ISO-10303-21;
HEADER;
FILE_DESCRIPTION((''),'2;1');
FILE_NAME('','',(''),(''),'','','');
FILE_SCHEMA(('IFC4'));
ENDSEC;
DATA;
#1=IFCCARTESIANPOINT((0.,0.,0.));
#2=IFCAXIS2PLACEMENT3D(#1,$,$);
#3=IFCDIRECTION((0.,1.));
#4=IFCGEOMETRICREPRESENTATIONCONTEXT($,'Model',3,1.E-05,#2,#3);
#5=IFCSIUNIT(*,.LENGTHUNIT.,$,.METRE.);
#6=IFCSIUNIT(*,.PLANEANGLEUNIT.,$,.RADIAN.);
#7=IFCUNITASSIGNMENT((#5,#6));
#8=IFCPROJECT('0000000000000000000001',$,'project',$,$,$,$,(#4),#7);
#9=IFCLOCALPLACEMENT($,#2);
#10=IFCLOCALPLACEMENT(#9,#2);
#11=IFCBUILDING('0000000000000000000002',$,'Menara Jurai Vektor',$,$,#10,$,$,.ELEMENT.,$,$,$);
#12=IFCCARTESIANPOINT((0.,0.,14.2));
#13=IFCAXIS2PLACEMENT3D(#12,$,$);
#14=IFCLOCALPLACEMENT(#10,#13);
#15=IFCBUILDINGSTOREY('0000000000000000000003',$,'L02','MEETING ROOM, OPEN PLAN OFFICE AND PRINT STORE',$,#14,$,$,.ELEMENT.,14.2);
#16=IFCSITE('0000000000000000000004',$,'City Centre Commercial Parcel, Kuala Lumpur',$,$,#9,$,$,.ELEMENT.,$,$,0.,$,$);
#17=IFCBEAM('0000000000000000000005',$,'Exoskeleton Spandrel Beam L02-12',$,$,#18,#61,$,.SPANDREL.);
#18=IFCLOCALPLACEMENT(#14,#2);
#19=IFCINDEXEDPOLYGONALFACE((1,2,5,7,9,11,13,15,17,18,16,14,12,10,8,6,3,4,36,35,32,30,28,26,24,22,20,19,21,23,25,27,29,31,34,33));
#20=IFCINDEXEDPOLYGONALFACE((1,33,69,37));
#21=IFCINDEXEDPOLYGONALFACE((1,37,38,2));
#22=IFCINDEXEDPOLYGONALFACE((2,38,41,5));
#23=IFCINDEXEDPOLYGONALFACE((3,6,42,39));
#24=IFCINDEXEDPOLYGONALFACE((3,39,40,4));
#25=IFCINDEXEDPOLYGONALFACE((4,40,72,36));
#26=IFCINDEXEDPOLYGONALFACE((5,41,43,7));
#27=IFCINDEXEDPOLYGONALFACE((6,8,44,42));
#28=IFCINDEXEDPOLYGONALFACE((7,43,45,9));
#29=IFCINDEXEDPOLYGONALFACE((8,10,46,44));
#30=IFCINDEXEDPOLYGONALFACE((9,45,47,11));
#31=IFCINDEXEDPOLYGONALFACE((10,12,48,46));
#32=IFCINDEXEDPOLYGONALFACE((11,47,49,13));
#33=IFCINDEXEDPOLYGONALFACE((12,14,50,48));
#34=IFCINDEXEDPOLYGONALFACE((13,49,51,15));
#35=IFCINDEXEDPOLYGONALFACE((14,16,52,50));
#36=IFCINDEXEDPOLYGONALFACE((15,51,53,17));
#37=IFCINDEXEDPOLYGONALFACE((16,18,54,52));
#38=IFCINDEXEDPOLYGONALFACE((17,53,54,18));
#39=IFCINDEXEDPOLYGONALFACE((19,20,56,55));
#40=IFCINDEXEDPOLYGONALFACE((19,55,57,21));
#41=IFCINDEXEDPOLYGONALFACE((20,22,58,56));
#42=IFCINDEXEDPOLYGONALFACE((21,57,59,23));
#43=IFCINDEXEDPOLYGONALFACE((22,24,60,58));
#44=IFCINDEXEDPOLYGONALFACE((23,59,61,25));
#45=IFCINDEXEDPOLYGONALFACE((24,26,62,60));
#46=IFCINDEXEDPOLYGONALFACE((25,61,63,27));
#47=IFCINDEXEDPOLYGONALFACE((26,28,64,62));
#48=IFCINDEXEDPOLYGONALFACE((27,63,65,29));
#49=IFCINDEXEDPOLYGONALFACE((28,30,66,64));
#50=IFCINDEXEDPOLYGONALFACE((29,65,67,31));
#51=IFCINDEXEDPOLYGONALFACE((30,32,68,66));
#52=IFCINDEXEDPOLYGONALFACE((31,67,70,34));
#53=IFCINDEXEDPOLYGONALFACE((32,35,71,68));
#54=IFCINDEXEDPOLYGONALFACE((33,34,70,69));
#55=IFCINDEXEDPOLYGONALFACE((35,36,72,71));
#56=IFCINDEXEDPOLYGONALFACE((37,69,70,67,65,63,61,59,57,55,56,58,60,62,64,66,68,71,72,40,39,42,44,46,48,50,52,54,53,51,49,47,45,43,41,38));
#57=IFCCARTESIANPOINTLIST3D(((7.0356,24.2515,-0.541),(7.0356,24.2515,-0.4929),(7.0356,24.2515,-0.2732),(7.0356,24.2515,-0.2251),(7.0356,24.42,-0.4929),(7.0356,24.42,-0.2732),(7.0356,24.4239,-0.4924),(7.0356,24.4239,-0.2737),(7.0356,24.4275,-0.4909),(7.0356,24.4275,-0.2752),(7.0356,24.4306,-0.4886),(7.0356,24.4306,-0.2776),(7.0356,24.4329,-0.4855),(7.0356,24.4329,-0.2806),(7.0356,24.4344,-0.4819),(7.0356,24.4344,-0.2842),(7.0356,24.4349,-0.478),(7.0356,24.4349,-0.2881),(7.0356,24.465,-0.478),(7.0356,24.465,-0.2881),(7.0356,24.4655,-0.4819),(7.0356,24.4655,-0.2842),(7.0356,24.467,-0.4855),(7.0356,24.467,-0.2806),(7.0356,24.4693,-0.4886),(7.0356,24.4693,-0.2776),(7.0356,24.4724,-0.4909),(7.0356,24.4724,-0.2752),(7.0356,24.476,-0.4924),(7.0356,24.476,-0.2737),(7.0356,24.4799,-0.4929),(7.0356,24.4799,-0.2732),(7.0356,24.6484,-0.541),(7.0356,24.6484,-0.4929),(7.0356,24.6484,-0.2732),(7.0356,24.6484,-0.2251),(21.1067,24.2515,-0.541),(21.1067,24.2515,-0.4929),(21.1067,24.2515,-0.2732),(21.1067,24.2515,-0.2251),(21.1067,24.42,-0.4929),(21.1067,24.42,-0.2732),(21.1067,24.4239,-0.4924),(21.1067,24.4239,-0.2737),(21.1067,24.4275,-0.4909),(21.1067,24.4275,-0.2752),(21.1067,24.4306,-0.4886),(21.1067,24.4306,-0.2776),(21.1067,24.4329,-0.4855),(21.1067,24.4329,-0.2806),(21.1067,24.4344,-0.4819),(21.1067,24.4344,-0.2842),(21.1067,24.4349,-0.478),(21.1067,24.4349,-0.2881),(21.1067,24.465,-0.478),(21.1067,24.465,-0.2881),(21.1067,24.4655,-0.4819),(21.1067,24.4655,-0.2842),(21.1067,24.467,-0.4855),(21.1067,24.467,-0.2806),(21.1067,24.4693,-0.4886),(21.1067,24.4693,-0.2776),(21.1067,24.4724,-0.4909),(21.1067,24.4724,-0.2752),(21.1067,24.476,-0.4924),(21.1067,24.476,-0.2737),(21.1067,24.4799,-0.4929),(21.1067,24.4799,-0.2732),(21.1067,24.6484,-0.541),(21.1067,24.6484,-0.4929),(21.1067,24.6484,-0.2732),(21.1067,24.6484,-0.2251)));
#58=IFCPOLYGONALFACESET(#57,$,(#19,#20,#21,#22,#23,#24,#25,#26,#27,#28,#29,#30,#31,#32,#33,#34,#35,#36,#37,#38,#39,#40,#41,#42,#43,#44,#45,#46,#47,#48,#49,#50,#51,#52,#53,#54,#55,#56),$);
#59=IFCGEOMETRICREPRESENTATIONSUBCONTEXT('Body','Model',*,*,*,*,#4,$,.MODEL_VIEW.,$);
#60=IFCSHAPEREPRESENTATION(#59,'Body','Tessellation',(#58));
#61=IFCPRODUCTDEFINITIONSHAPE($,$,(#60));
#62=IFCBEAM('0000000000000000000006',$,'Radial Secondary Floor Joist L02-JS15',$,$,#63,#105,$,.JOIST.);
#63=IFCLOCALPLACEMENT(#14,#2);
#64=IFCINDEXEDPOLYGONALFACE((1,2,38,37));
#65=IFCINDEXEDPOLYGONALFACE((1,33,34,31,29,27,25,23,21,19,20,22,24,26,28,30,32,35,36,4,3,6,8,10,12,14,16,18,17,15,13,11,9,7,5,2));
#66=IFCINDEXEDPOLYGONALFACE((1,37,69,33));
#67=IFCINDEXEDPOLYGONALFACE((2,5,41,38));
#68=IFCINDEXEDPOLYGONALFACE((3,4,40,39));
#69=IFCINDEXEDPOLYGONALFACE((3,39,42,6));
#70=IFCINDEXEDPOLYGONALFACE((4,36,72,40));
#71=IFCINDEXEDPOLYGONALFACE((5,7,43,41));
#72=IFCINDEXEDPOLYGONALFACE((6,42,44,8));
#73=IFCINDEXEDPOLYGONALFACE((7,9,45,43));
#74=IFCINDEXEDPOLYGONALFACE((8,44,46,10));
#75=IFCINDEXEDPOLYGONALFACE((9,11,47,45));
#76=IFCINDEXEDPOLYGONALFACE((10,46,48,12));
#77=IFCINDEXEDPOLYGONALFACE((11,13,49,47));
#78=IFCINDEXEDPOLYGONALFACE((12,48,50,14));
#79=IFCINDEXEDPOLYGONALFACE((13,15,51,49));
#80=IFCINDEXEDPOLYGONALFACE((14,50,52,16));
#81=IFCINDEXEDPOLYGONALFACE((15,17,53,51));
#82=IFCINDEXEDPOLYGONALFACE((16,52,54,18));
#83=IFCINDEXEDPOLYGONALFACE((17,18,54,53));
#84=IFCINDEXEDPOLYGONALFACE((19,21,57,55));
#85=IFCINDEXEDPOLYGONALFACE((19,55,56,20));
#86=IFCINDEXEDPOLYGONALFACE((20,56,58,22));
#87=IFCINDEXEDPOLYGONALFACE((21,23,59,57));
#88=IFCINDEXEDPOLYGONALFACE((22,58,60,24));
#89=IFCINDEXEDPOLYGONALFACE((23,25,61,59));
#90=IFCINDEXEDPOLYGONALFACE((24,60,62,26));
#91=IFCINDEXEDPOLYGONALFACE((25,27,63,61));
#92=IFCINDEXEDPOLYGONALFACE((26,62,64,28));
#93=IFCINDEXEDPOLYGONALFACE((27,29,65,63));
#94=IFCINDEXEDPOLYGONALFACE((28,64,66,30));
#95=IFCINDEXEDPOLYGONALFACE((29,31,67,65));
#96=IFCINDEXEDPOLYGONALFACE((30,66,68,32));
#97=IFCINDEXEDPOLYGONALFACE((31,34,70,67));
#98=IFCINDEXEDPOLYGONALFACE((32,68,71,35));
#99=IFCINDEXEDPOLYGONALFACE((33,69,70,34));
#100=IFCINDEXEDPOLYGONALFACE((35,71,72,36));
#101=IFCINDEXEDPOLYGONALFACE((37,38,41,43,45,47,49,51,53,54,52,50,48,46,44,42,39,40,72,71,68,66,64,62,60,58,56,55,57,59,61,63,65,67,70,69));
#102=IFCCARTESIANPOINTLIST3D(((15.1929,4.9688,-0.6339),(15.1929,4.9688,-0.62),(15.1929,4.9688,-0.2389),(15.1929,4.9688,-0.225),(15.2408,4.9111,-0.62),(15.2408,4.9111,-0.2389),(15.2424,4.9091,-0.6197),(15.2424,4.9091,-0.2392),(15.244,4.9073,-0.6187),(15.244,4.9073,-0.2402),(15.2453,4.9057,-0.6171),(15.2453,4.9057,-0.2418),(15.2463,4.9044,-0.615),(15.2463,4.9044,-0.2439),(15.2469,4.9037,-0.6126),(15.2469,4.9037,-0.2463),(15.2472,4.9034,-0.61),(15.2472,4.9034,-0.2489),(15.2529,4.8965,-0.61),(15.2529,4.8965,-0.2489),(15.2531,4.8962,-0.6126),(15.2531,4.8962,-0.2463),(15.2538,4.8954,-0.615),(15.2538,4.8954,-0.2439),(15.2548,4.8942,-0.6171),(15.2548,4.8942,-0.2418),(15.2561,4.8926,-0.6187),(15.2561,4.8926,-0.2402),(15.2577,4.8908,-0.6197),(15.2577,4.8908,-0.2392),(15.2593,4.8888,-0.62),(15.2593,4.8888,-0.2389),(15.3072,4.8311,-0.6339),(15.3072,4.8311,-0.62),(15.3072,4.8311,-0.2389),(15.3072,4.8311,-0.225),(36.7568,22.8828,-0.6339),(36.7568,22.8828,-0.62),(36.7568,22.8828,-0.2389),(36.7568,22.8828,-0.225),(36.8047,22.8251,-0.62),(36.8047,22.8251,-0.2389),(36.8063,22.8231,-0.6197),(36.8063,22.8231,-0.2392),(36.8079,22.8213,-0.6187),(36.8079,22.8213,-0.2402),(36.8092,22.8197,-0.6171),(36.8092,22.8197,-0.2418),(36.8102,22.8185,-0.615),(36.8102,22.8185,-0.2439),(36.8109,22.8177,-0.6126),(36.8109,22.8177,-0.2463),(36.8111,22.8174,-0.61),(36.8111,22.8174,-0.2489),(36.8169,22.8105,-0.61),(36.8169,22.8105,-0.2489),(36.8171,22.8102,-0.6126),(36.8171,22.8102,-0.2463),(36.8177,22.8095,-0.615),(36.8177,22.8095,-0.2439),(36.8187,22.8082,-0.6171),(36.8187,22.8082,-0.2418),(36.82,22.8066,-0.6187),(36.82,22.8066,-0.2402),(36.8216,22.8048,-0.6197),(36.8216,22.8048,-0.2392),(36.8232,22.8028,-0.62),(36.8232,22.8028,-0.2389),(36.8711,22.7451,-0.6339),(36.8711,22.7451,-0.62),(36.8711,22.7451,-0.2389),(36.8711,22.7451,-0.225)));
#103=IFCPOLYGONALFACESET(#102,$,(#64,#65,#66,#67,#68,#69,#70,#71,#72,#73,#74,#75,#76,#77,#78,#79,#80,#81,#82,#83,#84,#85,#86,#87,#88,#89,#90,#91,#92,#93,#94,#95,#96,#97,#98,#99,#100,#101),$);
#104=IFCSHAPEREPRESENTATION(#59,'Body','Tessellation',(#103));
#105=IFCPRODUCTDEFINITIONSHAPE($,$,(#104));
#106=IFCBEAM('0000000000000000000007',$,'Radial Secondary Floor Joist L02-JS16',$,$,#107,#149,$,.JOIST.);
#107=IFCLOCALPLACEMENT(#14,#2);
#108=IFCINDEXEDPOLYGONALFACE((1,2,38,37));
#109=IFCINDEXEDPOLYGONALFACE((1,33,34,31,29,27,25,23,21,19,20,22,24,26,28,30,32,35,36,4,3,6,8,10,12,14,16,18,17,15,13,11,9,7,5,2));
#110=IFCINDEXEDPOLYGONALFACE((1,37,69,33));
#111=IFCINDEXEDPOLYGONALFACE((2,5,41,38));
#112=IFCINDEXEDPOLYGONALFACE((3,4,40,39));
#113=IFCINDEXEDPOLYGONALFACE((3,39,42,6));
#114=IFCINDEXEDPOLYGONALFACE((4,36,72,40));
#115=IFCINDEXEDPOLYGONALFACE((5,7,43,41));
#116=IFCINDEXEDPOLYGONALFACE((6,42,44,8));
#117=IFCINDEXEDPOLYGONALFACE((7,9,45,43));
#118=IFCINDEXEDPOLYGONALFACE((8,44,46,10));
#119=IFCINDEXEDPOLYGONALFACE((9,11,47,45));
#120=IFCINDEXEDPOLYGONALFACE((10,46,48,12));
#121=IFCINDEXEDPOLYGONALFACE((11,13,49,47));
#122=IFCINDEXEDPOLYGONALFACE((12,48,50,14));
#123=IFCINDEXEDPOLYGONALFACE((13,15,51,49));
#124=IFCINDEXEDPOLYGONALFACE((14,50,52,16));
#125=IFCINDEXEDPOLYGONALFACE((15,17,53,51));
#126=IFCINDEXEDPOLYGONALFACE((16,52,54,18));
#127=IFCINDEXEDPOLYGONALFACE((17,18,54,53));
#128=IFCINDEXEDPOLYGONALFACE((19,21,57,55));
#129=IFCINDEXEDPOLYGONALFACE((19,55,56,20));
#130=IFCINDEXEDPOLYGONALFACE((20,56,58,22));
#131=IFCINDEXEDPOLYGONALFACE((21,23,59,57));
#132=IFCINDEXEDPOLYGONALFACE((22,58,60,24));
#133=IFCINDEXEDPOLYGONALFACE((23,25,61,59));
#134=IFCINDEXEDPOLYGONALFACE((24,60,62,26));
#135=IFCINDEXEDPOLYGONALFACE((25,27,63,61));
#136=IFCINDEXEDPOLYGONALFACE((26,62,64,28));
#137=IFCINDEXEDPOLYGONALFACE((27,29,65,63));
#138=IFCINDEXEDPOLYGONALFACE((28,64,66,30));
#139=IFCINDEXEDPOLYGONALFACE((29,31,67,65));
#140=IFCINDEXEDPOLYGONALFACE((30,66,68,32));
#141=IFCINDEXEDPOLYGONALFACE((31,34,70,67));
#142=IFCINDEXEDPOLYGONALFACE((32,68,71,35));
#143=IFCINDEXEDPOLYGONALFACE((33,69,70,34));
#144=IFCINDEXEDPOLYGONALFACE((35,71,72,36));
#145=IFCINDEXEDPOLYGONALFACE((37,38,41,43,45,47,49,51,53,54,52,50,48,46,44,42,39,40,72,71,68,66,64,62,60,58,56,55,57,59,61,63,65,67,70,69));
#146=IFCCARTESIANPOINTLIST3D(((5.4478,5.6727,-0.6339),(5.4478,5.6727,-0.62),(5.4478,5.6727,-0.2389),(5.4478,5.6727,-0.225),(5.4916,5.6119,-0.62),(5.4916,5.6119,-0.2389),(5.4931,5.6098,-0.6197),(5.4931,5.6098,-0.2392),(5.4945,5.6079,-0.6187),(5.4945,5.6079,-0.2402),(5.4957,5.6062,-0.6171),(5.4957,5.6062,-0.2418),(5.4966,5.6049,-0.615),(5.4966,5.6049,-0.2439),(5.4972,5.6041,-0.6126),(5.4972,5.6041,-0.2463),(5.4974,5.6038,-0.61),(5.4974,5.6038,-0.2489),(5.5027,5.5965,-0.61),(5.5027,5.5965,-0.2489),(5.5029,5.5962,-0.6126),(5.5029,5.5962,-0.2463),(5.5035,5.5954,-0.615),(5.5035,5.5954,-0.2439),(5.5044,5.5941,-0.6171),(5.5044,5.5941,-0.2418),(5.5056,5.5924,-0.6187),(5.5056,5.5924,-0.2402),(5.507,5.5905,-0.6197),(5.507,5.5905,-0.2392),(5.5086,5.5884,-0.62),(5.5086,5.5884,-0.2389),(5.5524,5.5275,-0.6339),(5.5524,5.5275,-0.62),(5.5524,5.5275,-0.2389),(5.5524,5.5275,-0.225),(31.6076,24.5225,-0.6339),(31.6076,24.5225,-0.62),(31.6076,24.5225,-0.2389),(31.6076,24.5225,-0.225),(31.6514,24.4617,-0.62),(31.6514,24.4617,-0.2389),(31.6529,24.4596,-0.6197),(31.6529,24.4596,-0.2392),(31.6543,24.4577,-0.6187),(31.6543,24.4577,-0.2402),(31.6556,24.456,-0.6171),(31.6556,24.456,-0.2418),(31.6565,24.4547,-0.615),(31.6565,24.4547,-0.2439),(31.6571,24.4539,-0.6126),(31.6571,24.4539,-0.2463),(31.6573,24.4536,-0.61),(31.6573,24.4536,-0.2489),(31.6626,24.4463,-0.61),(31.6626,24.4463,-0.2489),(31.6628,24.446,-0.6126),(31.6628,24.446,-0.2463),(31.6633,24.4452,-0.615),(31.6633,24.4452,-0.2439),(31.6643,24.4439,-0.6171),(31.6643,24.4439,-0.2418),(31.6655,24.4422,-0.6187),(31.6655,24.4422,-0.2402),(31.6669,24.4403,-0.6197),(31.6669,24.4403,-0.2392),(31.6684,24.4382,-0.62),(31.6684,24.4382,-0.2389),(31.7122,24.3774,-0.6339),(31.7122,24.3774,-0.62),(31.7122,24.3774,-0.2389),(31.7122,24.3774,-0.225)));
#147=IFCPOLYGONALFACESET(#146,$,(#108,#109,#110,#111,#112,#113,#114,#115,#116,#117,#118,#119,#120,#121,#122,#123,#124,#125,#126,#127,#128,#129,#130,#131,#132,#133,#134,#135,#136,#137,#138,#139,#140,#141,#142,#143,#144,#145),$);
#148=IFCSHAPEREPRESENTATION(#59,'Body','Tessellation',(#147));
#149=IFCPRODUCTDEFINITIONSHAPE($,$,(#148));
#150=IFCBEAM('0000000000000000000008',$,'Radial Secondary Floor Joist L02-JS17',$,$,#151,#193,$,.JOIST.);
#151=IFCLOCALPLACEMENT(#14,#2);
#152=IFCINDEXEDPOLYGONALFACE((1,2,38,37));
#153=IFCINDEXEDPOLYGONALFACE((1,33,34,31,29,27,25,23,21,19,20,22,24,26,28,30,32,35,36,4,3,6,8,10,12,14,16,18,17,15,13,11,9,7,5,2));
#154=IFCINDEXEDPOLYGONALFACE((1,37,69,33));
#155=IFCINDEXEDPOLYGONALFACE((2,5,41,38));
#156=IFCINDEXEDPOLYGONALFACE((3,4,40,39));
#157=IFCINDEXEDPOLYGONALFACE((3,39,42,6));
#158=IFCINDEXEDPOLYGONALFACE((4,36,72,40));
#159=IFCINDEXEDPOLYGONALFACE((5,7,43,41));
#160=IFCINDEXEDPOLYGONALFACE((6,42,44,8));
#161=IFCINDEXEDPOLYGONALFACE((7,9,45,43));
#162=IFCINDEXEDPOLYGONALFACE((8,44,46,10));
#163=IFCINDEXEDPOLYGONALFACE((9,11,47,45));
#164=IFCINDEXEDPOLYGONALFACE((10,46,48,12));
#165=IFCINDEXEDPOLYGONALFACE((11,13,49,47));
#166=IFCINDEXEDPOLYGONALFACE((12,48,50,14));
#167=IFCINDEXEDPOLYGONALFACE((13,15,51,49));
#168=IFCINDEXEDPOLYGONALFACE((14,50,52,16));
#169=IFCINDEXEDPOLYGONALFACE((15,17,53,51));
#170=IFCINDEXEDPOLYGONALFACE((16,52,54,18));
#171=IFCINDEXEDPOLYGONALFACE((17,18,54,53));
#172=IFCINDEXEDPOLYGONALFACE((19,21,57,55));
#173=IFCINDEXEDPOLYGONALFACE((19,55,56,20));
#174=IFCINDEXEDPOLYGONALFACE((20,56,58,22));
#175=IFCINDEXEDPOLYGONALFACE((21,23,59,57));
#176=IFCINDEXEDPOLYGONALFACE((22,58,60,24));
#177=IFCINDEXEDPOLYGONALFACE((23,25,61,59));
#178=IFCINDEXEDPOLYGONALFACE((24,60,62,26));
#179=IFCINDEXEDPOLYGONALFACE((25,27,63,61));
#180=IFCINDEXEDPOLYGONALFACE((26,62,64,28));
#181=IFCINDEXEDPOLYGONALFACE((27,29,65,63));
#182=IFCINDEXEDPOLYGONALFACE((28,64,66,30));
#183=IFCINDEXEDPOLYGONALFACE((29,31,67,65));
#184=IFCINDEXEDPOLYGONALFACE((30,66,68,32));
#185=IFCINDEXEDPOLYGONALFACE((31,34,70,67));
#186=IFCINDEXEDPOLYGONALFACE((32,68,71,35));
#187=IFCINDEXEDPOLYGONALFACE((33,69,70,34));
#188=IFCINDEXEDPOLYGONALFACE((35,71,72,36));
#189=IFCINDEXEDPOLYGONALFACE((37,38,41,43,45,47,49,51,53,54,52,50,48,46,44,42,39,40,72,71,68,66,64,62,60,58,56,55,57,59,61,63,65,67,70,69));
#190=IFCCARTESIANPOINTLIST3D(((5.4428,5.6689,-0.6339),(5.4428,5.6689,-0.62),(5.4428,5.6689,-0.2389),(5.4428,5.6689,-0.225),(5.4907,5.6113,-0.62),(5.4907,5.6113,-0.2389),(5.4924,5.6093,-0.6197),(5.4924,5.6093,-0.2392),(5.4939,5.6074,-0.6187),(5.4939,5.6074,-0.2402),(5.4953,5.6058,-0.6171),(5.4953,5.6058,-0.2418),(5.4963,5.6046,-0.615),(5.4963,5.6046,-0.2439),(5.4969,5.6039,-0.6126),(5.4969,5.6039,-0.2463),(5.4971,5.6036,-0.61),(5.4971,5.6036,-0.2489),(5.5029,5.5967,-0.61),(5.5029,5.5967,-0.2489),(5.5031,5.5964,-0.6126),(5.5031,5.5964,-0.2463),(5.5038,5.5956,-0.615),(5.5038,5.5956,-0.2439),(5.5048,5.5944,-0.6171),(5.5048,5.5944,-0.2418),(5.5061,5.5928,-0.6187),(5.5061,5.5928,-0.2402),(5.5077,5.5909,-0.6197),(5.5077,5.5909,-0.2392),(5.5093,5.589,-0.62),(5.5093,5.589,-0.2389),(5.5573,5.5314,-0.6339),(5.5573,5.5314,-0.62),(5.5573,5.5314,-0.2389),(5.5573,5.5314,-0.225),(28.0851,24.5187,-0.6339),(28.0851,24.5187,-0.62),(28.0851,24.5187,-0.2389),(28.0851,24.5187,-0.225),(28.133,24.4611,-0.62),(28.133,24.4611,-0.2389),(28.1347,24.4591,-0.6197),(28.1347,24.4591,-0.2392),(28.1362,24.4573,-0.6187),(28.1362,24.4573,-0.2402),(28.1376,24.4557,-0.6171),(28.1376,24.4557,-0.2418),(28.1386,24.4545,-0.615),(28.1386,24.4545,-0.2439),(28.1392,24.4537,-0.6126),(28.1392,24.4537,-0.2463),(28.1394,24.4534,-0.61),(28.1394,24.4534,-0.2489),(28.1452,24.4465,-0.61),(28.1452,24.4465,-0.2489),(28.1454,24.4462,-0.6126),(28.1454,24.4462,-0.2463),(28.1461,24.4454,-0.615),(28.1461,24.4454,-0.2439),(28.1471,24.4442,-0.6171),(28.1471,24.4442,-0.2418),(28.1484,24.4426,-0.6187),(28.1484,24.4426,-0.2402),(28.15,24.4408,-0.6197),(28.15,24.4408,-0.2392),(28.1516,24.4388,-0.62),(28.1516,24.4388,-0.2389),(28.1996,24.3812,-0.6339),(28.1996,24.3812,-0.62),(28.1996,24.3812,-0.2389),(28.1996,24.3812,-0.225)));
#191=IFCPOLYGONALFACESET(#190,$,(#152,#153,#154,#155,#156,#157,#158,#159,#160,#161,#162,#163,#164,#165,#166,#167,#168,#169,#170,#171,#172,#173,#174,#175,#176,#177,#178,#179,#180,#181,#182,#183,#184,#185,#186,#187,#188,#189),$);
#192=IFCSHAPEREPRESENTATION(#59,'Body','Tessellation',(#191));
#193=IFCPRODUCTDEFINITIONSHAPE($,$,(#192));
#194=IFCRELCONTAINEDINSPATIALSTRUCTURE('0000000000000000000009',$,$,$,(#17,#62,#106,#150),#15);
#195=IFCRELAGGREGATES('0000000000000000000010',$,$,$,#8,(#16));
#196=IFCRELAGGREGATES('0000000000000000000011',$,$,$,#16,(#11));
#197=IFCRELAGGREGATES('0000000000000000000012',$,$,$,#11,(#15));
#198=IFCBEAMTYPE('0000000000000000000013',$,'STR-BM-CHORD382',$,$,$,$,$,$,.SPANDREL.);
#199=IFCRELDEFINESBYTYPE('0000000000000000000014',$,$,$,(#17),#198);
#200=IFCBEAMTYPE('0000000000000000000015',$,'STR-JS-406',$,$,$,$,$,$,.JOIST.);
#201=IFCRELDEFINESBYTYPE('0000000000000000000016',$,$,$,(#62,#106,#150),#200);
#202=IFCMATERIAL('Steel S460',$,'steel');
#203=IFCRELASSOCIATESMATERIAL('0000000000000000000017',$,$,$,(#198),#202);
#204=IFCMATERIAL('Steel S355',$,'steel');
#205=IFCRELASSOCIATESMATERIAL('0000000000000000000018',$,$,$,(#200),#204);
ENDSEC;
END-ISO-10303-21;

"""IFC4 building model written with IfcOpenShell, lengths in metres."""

from ifc_helpers import new_model, si_unit, direction, frame, origin, origin_2d, place, context, subcontext, project, spatial, i_section, extrude, material, material_profile, profile_set, type_object, element, save


model = new_model("IFC4")

# Units and contexts
model_context = context("Model", 3, precision=1e-05, world=origin(), true_north=direction((0.0, 1.0)))
body_context = subcontext(model_context, "Body", "Model", "MODEL_VIEW")
ifc_project = project(units=[si_unit("LENGTHUNIT", "METRE"), si_unit("PLANEANGLEUNIT", "RADIAN")], contexts=[model_context])

# Site, building, storey
site_placement = place(None, origin())
site = spatial("IfcSite", under=ifc_project, at=site_placement, Name="City Centre Commercial Parcel, Kuala Lumpur", CompositionType="ELEMENT", RefElevation=0.0)
building_placement = place(site_placement, origin())
building = spatial("IfcBuilding", under=site, at=building_placement, Name="Menara Jurai Vektor", CompositionType="ELEMENT")
storey_placement = place(building_placement, frame((0.0, 0.0, 14.2)))
storey = spatial("IfcBuildingStorey", under=building, at=storey_placement, Name="L02", Description="MEETING ROOM, OPEN PLAN OFFICE AND PRINT STORE", CompositionType="ELEMENT", Elevation=14.2)

# Shared definitions
ifc_material_1 = material(Name="Steel S460", Category="steel")

# Beams
ifc_material_2 = material(Name="Steel S355", Category="steel")
ifc_material_profile_1 = material_profile(ifc_material_1, i_section(OverallWidth=0.397, OverallDepth=0.3159, WebThickness=0.03, FlangeThickness=0.0481, FilletRadius=0.0149, at=origin_2d()), Name="HD 400x382")
ifc_profile_set_1 = profile_set([ifc_material_profile_1], Name="Steel S460")
beam_type_1 = type_object("IfcBeamType", Name="STR-BM-CHORD382", PredefinedType="SPANDREL", material=ifc_profile_set_1)
for number, where, z_axis, x_axis, name in (
    (1, (21.1067, 24.45, -0.3831), (-1.0, 0.0, 0.0), (0.0, -1.0, 0.0), "Exoskeleton Spandrel Beam L02-12"),
):
    element("IfcBeam", number, at=place(storey_placement, frame(where, z_axis=z_axis, x_axis=x_axis)), inside=storey, type_object=beam_type_1, Name=name, PredefinedType="SPANDREL", context=body_context, shape_type="SweptSolid", body=[
        extrude(i_section(OverallWidth=0.397, OverallDepth=0.3159, WebThickness=0.03, FlangeThickness=0.0481, FilletRadius=0.0149, at=origin_2d()), origin(), (0.0, 0.0, 1.0), 14.071),
    ])
ifc_material_profile_2 = material_profile(ifc_material_2, i_section(OverallWidth=0.179, OverallDepth=0.4089, WebThickness=0.009, FlangeThickness=0.0139, FilletRadius=0.01, at=origin_2d()), Name="UKB 406x178x67")
ifc_profile_set_2 = profile_set([ifc_material_profile_2], Name="Steel S355")
beam_type_2 = type_object("IfcBeamType", Name="STR-JS-406", PredefinedType="JOIST", material=ifc_profile_set_2)
beam_1_placement = place(storey_placement, frame((36.814, 22.814, -0.4294), z_axis=(-0.769201, -0.639007, 0.0), x_axis=(0.639007, -0.769201, 0.0)))
element("IfcBeam", 2, at=beam_1_placement, inside=storey, type_object=beam_type_2, Name="Radial Secondary Floor Joist L02-JS15", PredefinedType="JOIST", context=body_context, shape_type="SweptSolid", body=[
    extrude(i_section(OverallWidth=0.179, OverallDepth=0.4089, WebThickness=0.009, FlangeThickness=0.0139, FilletRadius=0.01, at=origin_2d()), origin(), (0.0, 0.0, 1.0), 28.0342),
])
beam_2_placement = place(storey_placement, frame((31.6599, 24.45, -0.4294), z_axis=(-0.811318, -0.584605, 0.0), x_axis=(0.584605, -0.811318, 0.0)))
element("IfcBeam", 3, at=beam_2_placement, inside=storey, type_object=beam_type_2, Name="Radial Secondary Floor Joist L02-JS16", PredefinedType="JOIST", context=body_context, shape_type="SweptSolid", body=[
    extrude(i_section(OverallWidth=0.179, OverallDepth=0.4089, WebThickness=0.009, FlangeThickness=0.0139, FilletRadius=0.01, at=origin_2d()), origin(), (0.0, 0.0, 1.0), 32.2437),
])
beam_3_placement = place(storey_placement, frame((28.1423, 24.45, -0.4294), z_axis=(-0.768534, -0.639809, 0.0), x_axis=(0.639809, -0.768534, 0.0)))
element("IfcBeam", 4, at=beam_3_placement, inside=storey, type_object=beam_type_2, Name="Radial Secondary Floor Joist L02-JS17", PredefinedType="JOIST", context=body_context, shape_type="SweptSolid", body=[
    extrude(i_section(OverallWidth=0.179, OverallDepth=0.4089, WebThickness=0.009, FlangeThickness=0.0139, FilletRadius=0.01, at=origin_2d()), origin(), (0.0, 0.0, 1.0), 29.4617),
])

save(model, "model.ifc")
